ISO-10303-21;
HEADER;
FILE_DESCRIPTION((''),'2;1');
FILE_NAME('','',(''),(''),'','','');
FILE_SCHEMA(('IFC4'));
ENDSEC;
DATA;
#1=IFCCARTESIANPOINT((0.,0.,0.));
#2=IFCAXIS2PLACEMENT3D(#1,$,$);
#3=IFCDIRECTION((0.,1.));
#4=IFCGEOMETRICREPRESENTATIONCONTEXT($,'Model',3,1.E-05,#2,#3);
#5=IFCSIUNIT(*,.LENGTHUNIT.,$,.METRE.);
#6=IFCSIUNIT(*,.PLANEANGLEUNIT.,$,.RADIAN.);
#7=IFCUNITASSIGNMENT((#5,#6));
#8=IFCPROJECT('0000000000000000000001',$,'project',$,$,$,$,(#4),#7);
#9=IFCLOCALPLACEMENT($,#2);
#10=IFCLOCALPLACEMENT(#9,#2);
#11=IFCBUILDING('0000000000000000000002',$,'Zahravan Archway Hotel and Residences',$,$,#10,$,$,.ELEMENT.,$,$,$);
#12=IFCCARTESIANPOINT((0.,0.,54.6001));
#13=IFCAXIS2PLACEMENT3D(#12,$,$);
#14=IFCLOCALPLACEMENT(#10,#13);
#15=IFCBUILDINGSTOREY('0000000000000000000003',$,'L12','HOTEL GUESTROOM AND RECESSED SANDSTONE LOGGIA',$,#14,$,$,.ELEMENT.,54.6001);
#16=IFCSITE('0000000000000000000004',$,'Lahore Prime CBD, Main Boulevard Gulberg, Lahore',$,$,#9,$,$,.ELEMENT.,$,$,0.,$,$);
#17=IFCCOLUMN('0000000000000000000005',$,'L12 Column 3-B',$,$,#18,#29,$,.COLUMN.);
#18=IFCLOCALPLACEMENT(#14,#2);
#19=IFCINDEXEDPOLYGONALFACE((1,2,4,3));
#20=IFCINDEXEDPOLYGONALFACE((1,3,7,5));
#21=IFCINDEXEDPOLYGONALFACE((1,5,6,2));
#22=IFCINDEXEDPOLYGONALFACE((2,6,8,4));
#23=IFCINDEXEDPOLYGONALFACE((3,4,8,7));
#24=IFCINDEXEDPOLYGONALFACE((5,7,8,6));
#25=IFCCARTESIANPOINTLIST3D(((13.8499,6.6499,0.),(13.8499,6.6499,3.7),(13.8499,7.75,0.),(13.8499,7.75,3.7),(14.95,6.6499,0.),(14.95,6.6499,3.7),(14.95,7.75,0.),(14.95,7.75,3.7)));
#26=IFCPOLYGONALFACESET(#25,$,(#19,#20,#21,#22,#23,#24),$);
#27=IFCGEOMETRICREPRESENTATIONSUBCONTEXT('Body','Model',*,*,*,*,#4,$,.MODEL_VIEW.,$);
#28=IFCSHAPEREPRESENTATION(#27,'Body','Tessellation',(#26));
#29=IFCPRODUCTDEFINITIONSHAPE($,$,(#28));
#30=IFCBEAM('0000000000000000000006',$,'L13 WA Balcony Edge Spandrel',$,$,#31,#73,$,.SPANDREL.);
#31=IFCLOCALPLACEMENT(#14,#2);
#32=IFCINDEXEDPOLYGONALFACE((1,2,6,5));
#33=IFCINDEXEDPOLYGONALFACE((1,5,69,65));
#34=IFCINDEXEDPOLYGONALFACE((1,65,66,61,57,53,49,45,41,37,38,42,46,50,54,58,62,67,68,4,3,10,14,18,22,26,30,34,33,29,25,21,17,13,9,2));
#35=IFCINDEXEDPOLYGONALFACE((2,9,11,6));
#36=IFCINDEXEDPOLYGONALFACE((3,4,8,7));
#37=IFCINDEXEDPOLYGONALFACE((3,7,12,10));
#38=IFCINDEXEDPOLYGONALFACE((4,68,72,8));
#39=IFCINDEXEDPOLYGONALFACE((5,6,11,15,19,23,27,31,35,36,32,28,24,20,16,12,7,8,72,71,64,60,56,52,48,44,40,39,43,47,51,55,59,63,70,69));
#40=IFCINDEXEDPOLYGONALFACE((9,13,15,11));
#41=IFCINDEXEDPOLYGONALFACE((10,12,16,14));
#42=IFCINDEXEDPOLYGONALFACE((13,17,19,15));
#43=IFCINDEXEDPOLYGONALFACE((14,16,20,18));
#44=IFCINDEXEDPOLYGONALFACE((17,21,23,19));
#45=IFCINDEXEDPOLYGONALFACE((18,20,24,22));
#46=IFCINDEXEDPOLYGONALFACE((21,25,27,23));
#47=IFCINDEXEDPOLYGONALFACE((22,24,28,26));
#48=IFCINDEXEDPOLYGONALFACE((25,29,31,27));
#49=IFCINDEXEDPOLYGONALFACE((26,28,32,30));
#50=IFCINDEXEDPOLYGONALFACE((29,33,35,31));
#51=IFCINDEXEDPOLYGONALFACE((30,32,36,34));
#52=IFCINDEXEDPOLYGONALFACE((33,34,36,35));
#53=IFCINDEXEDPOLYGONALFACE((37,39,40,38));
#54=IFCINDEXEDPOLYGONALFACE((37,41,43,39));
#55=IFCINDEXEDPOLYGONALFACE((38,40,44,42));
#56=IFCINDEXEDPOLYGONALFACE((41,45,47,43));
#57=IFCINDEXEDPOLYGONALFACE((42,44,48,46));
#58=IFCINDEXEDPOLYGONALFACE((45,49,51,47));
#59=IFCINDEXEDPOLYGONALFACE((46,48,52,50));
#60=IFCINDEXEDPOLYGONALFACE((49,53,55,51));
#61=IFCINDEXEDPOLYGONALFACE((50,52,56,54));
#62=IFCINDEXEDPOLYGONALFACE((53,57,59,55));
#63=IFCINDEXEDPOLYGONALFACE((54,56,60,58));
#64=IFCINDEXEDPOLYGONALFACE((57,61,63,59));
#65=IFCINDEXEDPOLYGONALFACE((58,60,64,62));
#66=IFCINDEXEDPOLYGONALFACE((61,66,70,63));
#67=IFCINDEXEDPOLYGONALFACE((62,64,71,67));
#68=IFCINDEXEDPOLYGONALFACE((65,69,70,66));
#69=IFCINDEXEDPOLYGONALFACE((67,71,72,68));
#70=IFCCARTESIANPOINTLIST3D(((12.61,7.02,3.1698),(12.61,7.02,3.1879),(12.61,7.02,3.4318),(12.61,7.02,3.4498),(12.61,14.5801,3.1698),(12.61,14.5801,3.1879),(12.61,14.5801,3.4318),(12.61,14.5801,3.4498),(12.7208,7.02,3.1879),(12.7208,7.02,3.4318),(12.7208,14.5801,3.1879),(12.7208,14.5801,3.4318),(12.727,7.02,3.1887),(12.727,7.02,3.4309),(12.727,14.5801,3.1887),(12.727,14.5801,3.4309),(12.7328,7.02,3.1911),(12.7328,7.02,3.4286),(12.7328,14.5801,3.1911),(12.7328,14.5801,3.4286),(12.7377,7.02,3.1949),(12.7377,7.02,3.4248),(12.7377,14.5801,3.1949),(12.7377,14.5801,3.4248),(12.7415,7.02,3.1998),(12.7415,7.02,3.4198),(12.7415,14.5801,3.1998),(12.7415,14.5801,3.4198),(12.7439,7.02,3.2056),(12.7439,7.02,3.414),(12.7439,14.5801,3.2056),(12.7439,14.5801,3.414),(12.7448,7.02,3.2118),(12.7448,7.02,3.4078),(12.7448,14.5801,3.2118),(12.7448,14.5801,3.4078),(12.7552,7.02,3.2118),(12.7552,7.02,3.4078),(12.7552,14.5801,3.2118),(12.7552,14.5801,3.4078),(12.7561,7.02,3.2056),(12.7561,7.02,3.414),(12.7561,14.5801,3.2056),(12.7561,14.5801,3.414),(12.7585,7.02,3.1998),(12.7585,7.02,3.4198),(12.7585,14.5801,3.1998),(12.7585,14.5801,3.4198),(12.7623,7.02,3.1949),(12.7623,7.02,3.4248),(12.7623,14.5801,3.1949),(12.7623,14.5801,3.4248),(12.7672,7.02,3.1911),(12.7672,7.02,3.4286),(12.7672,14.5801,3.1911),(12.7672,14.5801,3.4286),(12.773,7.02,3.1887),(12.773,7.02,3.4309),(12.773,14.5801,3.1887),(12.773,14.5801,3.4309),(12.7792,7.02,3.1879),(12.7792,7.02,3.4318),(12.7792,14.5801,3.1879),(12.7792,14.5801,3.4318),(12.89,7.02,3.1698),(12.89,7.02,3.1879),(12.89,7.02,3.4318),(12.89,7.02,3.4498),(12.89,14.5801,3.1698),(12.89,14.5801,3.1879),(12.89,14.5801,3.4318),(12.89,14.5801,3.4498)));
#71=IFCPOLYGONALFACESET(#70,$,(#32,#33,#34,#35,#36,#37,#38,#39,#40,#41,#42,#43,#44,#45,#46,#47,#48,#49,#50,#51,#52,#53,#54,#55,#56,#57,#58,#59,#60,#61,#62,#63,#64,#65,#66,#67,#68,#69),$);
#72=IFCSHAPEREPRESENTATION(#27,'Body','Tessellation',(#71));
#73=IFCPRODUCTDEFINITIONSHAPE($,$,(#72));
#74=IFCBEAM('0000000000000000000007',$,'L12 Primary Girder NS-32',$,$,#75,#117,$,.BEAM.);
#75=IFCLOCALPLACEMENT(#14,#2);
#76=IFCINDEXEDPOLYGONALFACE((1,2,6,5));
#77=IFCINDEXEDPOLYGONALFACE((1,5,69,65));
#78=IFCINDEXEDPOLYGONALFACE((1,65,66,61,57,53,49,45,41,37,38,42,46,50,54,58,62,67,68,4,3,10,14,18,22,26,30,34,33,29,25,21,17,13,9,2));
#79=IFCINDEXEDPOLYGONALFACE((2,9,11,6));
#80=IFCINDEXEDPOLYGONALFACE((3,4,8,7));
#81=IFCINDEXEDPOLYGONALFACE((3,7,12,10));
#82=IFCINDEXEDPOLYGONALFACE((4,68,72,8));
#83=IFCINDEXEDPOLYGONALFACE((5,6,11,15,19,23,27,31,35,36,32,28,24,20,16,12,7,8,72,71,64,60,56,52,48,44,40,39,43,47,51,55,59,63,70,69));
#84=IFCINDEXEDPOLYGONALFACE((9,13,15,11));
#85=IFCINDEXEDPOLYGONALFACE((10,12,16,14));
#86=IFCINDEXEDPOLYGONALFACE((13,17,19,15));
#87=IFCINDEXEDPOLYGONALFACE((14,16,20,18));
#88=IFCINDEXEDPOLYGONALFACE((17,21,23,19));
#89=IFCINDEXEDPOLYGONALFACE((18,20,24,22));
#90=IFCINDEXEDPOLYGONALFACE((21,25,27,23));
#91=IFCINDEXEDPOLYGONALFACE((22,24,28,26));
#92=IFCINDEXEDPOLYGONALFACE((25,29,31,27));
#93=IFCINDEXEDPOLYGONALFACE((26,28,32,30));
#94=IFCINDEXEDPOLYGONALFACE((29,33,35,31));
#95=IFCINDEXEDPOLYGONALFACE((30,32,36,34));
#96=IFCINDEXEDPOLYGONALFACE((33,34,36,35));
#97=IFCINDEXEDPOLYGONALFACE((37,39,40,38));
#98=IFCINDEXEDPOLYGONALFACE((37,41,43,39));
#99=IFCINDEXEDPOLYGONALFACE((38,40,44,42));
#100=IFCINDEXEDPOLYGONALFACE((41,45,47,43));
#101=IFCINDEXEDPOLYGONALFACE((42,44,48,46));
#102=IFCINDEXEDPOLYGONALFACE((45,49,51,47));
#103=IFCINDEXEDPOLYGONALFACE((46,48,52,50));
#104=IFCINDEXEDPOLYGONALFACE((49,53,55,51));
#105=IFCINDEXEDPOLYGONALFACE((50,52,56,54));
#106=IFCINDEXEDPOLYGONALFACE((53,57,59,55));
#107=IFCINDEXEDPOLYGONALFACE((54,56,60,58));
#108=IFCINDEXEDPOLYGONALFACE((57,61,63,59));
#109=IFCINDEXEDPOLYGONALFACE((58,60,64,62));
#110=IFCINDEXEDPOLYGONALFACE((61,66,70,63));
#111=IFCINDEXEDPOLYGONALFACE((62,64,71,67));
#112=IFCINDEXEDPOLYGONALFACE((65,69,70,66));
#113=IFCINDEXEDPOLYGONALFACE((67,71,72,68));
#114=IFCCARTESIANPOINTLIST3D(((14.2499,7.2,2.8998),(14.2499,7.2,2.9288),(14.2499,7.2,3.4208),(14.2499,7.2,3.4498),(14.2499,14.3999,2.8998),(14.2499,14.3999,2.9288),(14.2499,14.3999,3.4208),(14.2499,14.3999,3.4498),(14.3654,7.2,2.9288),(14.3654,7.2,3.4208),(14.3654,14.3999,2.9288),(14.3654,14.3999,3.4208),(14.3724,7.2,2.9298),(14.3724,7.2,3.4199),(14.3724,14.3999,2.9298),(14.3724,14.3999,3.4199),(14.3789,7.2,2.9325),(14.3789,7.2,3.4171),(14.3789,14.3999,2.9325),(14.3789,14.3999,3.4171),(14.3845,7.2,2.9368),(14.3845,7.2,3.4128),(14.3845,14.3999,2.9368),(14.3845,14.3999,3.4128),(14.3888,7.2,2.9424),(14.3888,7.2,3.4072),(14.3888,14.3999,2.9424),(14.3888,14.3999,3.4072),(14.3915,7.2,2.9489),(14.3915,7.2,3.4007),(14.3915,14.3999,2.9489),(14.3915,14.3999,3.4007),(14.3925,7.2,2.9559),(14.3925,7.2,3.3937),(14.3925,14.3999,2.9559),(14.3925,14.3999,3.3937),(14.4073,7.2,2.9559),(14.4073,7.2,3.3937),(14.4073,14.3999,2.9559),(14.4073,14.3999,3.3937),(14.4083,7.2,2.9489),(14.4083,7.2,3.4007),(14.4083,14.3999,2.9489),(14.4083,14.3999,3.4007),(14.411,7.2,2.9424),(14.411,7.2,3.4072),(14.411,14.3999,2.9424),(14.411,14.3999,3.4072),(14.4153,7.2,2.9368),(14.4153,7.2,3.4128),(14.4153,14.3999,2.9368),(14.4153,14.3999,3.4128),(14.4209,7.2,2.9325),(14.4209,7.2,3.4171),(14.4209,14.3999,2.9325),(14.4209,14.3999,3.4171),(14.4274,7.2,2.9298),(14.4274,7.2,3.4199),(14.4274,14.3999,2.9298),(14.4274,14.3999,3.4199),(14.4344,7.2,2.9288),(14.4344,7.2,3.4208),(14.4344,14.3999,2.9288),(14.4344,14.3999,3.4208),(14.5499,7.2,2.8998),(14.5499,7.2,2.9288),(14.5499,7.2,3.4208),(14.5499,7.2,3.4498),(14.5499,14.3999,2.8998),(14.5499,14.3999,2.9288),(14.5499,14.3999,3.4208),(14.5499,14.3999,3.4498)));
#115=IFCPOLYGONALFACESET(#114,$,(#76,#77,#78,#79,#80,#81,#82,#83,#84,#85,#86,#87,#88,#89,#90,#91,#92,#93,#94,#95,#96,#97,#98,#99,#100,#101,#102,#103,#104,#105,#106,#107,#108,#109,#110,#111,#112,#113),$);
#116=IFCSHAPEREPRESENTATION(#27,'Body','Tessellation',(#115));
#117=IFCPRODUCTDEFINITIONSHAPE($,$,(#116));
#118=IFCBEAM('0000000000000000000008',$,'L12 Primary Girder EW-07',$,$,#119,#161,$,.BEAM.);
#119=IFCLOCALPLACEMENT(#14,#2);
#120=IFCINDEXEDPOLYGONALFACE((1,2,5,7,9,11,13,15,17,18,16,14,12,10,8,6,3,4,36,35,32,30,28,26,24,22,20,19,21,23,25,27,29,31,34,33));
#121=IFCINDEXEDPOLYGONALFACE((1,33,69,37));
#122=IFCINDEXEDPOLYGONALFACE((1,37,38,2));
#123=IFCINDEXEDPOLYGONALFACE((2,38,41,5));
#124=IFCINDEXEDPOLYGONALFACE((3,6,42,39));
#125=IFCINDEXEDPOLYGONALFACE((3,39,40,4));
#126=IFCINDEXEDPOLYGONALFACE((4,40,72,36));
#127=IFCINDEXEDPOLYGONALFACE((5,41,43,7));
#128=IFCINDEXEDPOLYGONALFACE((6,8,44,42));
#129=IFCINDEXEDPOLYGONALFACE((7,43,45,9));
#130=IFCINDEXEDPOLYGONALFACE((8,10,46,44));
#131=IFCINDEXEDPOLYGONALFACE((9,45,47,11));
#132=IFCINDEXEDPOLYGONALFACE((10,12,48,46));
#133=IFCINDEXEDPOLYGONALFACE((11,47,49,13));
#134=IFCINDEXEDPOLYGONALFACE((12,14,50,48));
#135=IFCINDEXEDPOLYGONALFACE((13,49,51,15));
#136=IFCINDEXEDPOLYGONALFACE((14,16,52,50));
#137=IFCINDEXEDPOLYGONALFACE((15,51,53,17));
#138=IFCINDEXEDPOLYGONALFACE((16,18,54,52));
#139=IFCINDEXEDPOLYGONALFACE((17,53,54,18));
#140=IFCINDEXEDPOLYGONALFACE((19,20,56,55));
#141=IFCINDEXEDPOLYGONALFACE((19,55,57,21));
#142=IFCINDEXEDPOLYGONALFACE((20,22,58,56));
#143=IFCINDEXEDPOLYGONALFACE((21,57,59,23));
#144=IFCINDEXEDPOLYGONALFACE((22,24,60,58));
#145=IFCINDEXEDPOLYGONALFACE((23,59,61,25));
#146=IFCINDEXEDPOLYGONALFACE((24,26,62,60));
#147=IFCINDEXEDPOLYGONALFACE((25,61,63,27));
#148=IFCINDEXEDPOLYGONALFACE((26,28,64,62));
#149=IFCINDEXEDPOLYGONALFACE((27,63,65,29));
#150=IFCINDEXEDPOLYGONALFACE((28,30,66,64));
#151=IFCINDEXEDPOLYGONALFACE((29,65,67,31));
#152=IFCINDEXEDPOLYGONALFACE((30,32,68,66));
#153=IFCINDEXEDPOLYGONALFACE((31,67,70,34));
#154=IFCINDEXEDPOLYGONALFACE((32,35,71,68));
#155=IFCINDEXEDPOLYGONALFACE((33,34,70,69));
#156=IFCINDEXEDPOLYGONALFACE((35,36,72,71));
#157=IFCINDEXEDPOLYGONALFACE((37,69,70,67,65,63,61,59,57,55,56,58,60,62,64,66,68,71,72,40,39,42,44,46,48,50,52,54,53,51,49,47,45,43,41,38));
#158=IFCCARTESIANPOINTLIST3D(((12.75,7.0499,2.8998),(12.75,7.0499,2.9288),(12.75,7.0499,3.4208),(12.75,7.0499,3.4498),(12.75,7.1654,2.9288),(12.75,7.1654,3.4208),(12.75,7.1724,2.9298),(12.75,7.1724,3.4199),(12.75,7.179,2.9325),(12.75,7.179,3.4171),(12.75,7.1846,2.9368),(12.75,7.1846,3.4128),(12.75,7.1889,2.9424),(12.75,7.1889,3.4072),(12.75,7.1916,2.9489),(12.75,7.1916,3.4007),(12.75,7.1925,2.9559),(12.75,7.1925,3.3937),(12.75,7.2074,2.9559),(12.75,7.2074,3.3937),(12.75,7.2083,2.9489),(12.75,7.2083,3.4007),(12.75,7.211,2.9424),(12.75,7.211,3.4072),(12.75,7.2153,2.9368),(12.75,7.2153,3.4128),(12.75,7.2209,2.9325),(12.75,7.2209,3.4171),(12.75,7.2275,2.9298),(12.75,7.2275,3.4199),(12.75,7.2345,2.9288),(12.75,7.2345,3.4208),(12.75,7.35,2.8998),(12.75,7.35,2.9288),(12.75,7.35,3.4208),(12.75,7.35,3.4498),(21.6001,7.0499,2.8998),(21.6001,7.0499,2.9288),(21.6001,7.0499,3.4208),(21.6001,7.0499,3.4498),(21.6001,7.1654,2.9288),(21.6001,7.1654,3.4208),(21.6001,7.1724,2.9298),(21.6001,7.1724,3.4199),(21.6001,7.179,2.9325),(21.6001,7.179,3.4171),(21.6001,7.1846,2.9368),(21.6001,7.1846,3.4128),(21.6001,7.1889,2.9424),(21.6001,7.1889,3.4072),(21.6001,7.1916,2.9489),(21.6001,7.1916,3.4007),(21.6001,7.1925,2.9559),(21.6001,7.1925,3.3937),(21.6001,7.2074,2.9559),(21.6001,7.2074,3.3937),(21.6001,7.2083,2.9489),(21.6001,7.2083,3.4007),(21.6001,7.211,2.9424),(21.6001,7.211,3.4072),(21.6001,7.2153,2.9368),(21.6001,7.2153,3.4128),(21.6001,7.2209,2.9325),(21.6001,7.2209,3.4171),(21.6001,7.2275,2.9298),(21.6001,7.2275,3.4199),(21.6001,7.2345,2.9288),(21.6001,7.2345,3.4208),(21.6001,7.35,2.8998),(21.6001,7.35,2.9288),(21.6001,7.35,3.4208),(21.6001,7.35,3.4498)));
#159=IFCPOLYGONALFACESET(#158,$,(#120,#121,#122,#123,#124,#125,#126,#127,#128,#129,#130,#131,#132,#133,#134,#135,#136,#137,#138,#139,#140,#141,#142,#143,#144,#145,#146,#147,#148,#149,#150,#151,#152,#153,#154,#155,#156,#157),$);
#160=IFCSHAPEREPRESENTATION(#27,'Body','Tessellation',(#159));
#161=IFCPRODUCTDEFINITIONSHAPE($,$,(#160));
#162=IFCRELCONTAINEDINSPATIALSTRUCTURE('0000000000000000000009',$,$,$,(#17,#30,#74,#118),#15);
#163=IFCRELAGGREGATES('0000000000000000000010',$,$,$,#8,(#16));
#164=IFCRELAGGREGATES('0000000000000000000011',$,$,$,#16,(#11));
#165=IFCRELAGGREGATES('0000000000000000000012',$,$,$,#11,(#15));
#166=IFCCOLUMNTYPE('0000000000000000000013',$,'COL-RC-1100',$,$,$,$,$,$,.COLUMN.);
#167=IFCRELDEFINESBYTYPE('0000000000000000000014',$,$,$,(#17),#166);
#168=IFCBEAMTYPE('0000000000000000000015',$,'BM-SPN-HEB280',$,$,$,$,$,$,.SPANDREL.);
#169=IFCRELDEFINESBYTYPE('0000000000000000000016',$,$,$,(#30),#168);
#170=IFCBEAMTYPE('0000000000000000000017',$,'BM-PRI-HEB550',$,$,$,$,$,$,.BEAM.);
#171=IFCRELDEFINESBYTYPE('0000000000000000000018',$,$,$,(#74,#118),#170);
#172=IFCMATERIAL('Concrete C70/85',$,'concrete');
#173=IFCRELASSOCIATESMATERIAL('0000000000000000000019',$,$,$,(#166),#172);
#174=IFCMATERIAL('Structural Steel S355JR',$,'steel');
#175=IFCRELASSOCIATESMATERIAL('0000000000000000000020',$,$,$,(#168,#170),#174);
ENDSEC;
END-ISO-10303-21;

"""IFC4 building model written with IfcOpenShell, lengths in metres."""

from ifc_helpers import new_model, si_unit, direction, frame, origin, origin_2d, place, context, subcontext, project, spatial, rectangle, i_section, extrude, source, transform, mapped, material, material_profile, profile_set, type_object, type_shapes, element, save


model = new_model("IFC4")

# Units and contexts
model_context = context("Model", 3, precision=1e-05, world=origin(), true_north=direction((0.0, 1.0)))
body_context = subcontext(model_context, "Body", "Model", "MODEL_VIEW")
ifc_project = project(units=[si_unit("LENGTHUNIT", "METRE"), si_unit("PLANEANGLEUNIT", "RADIAN")], contexts=[model_context])

# Site, building, storey
site_placement = place(None, origin())
site = spatial("IfcSite", under=ifc_project, at=site_placement, Name="Lahore Prime CBD, Main Boulevard Gulberg, Lahore", CompositionType="ELEMENT", RefElevation=0.0)
building_placement = place(site_placement, origin())
building = spatial("IfcBuilding", under=site, at=building_placement, Name="Zahravan Archway Hotel and Residences", CompositionType="ELEMENT")
storey_placement = place(building_placement, frame((0.0, 0.0, 54.6001)))
storey = spatial("IfcBuildingStorey", under=building, at=storey_placement, Name="L12", Description="HOTEL GUESTROOM AND RECESSED SANDSTONE LOGGIA", CompositionType="ELEMENT", Elevation=54.6001)

# Column
ifc_material_1 = material(Name="Concrete C70/85", Category="concrete")
ifc_material_profile_1 = material_profile(ifc_material_1, rectangle(XDim=1.1001, YDim=1.1001, at=origin_2d()), Name="RC 1100x1100", Category="concrete")
ifc_profile_set_1 = profile_set([ifc_material_profile_1], Name="Concrete C70/85")
column_type = type_object("IfcColumnType", Name="COL-RC-1100", PredefinedType="COLUMN", material=ifc_profile_set_1)
shared_shape_1 = source(origin(), body_context, "Body", "SweptSolid", [
    extrude(rectangle(XDim=1.1001, YDim=1.1001, at=origin_2d()), origin(), (0.0, 0.0, 1.0), 3.7),
])
column_placement = place(storey_placement, frame((14.3999, 7.2, 0.0), z_axis=(0.0, 0.0, 1.0), x_axis=(1.0, 0.0, 0.0)))
element("IfcColumn", 1, at=column_placement, inside=storey, type_object=column_type, Name="L12 Column 3-B", PredefinedType="COLUMN", context=body_context, shape_type="MappedRepresentation", body=[
    mapped(shared_shape_1, transform((0.0, 0.0, 0.0), scale=1.0)),
])

# Beams
ifc_material_2 = material(Name="Structural Steel S355JR", Category="steel")
ifc_material_profile_2 = material_profile(ifc_material_2, i_section(OverallWidth=0.28, OverallDepth=0.28, WebThickness=0.0105, FlangeThickness=0.0181, FilletRadius=0.0239, at=origin_2d()), Name="HEB 280", Category="steel")
ifc_profile_set_2 = profile_set([ifc_material_profile_2], Name="Structural Steel S355JR")
beam_type_1 = type_object("IfcBeamType", Name="BM-SPN-HEB280", PredefinedType="SPANDREL", material=ifc_profile_set_2)
shared_shape_2 = source(origin(), body_context, "Body", "SweptSolid", [
    extrude(i_section(OverallWidth=0.28, OverallDepth=0.28, WebThickness=0.0105, FlangeThickness=0.0181, FilletRadius=0.0239, at=origin_2d()), origin(), (0.0, 0.0, 1.0), 7.5601),
])
type_shapes(beam_type_1, [shared_shape_2])
beam_1_placement = place(storey_placement, frame((12.75, 7.02, 3.3098), z_axis=(0.0, 1.0, 0.0), x_axis=(-1.0, 0.0, 0.0)))
element("IfcBeam", 2, at=beam_1_placement, inside=storey, type_object=beam_type_1, Name="L13 WA Balcony Edge Spandrel", PredefinedType="SPANDREL", context=body_context, shape_type="MappedRepresentation", body=[
    mapped(shared_shape_2, transform((0.0, 0.0, 0.0), scale=1.0)),
])
ifc_material_profile_3 = material_profile(ifc_material_2, i_section(OverallWidth=0.3, OverallDepth=0.55, WebThickness=0.0149, FlangeThickness=0.0291, FilletRadius=0.0271, at=origin_2d()), Name="HEB 550", Category="steel")
ifc_profile_set_3 = profile_set([ifc_material_profile_3], Name="Structural Steel S355JR")
beam_type_2 = type_object("IfcBeamType", Name="BM-PRI-HEB550", PredefinedType="BEAM", material=ifc_profile_set_3)
shared_shape_3 = source(origin(), body_context, "Body", "SweptSolid", [
    extrude(i_section(OverallWidth=0.3, OverallDepth=0.55, WebThickness=0.0149, FlangeThickness=0.0291, FilletRadius=0.0271, at=origin_2d()), origin(), (0.0, 0.0, 1.0), 7.2),
])
beam_2_placement = place(storey_placement, frame((14.3999, 7.2, 3.1748), z_axis=(0.0, 1.0, 0.0), x_axis=(-1.0, 0.0, 0.0)))
element("IfcBeam", 3, at=beam_2_placement, inside=storey, type_object=beam_type_2, Name="L12 Primary Girder NS-32", PredefinedType="BEAM", context=body_context, shape_type="MappedRepresentation", body=[
    mapped(shared_shape_3, transform((0.0, 0.0, 0.0), scale=1.0)),
])
shared_shape_4 = source(origin(), body_context, "Body", "SweptSolid", [
    extrude(i_section(OverallWidth=0.3, OverallDepth=0.55, WebThickness=0.0149, FlangeThickness=0.0291, FilletRadius=0.0271, at=origin_2d()), origin(), (0.0, 0.0, 1.0), 8.8501),
])
beam_3_placement = place(storey_placement, frame((12.75, 7.2, 3.1748), z_axis=(1.0, 0.0, 0.0), x_axis=(0.0, 1.0, 0.0)))
element("IfcBeam", 4, at=beam_3_placement, inside=storey, type_object=beam_type_2, Name="L12 Primary Girder EW-07", PredefinedType="BEAM", context=body_context, shape_type="MappedRepresentation", body=[
    mapped(shared_shape_4, transform((0.0, 0.0, 0.0), scale=1.0)),
])

save(model, "model.ifc")
